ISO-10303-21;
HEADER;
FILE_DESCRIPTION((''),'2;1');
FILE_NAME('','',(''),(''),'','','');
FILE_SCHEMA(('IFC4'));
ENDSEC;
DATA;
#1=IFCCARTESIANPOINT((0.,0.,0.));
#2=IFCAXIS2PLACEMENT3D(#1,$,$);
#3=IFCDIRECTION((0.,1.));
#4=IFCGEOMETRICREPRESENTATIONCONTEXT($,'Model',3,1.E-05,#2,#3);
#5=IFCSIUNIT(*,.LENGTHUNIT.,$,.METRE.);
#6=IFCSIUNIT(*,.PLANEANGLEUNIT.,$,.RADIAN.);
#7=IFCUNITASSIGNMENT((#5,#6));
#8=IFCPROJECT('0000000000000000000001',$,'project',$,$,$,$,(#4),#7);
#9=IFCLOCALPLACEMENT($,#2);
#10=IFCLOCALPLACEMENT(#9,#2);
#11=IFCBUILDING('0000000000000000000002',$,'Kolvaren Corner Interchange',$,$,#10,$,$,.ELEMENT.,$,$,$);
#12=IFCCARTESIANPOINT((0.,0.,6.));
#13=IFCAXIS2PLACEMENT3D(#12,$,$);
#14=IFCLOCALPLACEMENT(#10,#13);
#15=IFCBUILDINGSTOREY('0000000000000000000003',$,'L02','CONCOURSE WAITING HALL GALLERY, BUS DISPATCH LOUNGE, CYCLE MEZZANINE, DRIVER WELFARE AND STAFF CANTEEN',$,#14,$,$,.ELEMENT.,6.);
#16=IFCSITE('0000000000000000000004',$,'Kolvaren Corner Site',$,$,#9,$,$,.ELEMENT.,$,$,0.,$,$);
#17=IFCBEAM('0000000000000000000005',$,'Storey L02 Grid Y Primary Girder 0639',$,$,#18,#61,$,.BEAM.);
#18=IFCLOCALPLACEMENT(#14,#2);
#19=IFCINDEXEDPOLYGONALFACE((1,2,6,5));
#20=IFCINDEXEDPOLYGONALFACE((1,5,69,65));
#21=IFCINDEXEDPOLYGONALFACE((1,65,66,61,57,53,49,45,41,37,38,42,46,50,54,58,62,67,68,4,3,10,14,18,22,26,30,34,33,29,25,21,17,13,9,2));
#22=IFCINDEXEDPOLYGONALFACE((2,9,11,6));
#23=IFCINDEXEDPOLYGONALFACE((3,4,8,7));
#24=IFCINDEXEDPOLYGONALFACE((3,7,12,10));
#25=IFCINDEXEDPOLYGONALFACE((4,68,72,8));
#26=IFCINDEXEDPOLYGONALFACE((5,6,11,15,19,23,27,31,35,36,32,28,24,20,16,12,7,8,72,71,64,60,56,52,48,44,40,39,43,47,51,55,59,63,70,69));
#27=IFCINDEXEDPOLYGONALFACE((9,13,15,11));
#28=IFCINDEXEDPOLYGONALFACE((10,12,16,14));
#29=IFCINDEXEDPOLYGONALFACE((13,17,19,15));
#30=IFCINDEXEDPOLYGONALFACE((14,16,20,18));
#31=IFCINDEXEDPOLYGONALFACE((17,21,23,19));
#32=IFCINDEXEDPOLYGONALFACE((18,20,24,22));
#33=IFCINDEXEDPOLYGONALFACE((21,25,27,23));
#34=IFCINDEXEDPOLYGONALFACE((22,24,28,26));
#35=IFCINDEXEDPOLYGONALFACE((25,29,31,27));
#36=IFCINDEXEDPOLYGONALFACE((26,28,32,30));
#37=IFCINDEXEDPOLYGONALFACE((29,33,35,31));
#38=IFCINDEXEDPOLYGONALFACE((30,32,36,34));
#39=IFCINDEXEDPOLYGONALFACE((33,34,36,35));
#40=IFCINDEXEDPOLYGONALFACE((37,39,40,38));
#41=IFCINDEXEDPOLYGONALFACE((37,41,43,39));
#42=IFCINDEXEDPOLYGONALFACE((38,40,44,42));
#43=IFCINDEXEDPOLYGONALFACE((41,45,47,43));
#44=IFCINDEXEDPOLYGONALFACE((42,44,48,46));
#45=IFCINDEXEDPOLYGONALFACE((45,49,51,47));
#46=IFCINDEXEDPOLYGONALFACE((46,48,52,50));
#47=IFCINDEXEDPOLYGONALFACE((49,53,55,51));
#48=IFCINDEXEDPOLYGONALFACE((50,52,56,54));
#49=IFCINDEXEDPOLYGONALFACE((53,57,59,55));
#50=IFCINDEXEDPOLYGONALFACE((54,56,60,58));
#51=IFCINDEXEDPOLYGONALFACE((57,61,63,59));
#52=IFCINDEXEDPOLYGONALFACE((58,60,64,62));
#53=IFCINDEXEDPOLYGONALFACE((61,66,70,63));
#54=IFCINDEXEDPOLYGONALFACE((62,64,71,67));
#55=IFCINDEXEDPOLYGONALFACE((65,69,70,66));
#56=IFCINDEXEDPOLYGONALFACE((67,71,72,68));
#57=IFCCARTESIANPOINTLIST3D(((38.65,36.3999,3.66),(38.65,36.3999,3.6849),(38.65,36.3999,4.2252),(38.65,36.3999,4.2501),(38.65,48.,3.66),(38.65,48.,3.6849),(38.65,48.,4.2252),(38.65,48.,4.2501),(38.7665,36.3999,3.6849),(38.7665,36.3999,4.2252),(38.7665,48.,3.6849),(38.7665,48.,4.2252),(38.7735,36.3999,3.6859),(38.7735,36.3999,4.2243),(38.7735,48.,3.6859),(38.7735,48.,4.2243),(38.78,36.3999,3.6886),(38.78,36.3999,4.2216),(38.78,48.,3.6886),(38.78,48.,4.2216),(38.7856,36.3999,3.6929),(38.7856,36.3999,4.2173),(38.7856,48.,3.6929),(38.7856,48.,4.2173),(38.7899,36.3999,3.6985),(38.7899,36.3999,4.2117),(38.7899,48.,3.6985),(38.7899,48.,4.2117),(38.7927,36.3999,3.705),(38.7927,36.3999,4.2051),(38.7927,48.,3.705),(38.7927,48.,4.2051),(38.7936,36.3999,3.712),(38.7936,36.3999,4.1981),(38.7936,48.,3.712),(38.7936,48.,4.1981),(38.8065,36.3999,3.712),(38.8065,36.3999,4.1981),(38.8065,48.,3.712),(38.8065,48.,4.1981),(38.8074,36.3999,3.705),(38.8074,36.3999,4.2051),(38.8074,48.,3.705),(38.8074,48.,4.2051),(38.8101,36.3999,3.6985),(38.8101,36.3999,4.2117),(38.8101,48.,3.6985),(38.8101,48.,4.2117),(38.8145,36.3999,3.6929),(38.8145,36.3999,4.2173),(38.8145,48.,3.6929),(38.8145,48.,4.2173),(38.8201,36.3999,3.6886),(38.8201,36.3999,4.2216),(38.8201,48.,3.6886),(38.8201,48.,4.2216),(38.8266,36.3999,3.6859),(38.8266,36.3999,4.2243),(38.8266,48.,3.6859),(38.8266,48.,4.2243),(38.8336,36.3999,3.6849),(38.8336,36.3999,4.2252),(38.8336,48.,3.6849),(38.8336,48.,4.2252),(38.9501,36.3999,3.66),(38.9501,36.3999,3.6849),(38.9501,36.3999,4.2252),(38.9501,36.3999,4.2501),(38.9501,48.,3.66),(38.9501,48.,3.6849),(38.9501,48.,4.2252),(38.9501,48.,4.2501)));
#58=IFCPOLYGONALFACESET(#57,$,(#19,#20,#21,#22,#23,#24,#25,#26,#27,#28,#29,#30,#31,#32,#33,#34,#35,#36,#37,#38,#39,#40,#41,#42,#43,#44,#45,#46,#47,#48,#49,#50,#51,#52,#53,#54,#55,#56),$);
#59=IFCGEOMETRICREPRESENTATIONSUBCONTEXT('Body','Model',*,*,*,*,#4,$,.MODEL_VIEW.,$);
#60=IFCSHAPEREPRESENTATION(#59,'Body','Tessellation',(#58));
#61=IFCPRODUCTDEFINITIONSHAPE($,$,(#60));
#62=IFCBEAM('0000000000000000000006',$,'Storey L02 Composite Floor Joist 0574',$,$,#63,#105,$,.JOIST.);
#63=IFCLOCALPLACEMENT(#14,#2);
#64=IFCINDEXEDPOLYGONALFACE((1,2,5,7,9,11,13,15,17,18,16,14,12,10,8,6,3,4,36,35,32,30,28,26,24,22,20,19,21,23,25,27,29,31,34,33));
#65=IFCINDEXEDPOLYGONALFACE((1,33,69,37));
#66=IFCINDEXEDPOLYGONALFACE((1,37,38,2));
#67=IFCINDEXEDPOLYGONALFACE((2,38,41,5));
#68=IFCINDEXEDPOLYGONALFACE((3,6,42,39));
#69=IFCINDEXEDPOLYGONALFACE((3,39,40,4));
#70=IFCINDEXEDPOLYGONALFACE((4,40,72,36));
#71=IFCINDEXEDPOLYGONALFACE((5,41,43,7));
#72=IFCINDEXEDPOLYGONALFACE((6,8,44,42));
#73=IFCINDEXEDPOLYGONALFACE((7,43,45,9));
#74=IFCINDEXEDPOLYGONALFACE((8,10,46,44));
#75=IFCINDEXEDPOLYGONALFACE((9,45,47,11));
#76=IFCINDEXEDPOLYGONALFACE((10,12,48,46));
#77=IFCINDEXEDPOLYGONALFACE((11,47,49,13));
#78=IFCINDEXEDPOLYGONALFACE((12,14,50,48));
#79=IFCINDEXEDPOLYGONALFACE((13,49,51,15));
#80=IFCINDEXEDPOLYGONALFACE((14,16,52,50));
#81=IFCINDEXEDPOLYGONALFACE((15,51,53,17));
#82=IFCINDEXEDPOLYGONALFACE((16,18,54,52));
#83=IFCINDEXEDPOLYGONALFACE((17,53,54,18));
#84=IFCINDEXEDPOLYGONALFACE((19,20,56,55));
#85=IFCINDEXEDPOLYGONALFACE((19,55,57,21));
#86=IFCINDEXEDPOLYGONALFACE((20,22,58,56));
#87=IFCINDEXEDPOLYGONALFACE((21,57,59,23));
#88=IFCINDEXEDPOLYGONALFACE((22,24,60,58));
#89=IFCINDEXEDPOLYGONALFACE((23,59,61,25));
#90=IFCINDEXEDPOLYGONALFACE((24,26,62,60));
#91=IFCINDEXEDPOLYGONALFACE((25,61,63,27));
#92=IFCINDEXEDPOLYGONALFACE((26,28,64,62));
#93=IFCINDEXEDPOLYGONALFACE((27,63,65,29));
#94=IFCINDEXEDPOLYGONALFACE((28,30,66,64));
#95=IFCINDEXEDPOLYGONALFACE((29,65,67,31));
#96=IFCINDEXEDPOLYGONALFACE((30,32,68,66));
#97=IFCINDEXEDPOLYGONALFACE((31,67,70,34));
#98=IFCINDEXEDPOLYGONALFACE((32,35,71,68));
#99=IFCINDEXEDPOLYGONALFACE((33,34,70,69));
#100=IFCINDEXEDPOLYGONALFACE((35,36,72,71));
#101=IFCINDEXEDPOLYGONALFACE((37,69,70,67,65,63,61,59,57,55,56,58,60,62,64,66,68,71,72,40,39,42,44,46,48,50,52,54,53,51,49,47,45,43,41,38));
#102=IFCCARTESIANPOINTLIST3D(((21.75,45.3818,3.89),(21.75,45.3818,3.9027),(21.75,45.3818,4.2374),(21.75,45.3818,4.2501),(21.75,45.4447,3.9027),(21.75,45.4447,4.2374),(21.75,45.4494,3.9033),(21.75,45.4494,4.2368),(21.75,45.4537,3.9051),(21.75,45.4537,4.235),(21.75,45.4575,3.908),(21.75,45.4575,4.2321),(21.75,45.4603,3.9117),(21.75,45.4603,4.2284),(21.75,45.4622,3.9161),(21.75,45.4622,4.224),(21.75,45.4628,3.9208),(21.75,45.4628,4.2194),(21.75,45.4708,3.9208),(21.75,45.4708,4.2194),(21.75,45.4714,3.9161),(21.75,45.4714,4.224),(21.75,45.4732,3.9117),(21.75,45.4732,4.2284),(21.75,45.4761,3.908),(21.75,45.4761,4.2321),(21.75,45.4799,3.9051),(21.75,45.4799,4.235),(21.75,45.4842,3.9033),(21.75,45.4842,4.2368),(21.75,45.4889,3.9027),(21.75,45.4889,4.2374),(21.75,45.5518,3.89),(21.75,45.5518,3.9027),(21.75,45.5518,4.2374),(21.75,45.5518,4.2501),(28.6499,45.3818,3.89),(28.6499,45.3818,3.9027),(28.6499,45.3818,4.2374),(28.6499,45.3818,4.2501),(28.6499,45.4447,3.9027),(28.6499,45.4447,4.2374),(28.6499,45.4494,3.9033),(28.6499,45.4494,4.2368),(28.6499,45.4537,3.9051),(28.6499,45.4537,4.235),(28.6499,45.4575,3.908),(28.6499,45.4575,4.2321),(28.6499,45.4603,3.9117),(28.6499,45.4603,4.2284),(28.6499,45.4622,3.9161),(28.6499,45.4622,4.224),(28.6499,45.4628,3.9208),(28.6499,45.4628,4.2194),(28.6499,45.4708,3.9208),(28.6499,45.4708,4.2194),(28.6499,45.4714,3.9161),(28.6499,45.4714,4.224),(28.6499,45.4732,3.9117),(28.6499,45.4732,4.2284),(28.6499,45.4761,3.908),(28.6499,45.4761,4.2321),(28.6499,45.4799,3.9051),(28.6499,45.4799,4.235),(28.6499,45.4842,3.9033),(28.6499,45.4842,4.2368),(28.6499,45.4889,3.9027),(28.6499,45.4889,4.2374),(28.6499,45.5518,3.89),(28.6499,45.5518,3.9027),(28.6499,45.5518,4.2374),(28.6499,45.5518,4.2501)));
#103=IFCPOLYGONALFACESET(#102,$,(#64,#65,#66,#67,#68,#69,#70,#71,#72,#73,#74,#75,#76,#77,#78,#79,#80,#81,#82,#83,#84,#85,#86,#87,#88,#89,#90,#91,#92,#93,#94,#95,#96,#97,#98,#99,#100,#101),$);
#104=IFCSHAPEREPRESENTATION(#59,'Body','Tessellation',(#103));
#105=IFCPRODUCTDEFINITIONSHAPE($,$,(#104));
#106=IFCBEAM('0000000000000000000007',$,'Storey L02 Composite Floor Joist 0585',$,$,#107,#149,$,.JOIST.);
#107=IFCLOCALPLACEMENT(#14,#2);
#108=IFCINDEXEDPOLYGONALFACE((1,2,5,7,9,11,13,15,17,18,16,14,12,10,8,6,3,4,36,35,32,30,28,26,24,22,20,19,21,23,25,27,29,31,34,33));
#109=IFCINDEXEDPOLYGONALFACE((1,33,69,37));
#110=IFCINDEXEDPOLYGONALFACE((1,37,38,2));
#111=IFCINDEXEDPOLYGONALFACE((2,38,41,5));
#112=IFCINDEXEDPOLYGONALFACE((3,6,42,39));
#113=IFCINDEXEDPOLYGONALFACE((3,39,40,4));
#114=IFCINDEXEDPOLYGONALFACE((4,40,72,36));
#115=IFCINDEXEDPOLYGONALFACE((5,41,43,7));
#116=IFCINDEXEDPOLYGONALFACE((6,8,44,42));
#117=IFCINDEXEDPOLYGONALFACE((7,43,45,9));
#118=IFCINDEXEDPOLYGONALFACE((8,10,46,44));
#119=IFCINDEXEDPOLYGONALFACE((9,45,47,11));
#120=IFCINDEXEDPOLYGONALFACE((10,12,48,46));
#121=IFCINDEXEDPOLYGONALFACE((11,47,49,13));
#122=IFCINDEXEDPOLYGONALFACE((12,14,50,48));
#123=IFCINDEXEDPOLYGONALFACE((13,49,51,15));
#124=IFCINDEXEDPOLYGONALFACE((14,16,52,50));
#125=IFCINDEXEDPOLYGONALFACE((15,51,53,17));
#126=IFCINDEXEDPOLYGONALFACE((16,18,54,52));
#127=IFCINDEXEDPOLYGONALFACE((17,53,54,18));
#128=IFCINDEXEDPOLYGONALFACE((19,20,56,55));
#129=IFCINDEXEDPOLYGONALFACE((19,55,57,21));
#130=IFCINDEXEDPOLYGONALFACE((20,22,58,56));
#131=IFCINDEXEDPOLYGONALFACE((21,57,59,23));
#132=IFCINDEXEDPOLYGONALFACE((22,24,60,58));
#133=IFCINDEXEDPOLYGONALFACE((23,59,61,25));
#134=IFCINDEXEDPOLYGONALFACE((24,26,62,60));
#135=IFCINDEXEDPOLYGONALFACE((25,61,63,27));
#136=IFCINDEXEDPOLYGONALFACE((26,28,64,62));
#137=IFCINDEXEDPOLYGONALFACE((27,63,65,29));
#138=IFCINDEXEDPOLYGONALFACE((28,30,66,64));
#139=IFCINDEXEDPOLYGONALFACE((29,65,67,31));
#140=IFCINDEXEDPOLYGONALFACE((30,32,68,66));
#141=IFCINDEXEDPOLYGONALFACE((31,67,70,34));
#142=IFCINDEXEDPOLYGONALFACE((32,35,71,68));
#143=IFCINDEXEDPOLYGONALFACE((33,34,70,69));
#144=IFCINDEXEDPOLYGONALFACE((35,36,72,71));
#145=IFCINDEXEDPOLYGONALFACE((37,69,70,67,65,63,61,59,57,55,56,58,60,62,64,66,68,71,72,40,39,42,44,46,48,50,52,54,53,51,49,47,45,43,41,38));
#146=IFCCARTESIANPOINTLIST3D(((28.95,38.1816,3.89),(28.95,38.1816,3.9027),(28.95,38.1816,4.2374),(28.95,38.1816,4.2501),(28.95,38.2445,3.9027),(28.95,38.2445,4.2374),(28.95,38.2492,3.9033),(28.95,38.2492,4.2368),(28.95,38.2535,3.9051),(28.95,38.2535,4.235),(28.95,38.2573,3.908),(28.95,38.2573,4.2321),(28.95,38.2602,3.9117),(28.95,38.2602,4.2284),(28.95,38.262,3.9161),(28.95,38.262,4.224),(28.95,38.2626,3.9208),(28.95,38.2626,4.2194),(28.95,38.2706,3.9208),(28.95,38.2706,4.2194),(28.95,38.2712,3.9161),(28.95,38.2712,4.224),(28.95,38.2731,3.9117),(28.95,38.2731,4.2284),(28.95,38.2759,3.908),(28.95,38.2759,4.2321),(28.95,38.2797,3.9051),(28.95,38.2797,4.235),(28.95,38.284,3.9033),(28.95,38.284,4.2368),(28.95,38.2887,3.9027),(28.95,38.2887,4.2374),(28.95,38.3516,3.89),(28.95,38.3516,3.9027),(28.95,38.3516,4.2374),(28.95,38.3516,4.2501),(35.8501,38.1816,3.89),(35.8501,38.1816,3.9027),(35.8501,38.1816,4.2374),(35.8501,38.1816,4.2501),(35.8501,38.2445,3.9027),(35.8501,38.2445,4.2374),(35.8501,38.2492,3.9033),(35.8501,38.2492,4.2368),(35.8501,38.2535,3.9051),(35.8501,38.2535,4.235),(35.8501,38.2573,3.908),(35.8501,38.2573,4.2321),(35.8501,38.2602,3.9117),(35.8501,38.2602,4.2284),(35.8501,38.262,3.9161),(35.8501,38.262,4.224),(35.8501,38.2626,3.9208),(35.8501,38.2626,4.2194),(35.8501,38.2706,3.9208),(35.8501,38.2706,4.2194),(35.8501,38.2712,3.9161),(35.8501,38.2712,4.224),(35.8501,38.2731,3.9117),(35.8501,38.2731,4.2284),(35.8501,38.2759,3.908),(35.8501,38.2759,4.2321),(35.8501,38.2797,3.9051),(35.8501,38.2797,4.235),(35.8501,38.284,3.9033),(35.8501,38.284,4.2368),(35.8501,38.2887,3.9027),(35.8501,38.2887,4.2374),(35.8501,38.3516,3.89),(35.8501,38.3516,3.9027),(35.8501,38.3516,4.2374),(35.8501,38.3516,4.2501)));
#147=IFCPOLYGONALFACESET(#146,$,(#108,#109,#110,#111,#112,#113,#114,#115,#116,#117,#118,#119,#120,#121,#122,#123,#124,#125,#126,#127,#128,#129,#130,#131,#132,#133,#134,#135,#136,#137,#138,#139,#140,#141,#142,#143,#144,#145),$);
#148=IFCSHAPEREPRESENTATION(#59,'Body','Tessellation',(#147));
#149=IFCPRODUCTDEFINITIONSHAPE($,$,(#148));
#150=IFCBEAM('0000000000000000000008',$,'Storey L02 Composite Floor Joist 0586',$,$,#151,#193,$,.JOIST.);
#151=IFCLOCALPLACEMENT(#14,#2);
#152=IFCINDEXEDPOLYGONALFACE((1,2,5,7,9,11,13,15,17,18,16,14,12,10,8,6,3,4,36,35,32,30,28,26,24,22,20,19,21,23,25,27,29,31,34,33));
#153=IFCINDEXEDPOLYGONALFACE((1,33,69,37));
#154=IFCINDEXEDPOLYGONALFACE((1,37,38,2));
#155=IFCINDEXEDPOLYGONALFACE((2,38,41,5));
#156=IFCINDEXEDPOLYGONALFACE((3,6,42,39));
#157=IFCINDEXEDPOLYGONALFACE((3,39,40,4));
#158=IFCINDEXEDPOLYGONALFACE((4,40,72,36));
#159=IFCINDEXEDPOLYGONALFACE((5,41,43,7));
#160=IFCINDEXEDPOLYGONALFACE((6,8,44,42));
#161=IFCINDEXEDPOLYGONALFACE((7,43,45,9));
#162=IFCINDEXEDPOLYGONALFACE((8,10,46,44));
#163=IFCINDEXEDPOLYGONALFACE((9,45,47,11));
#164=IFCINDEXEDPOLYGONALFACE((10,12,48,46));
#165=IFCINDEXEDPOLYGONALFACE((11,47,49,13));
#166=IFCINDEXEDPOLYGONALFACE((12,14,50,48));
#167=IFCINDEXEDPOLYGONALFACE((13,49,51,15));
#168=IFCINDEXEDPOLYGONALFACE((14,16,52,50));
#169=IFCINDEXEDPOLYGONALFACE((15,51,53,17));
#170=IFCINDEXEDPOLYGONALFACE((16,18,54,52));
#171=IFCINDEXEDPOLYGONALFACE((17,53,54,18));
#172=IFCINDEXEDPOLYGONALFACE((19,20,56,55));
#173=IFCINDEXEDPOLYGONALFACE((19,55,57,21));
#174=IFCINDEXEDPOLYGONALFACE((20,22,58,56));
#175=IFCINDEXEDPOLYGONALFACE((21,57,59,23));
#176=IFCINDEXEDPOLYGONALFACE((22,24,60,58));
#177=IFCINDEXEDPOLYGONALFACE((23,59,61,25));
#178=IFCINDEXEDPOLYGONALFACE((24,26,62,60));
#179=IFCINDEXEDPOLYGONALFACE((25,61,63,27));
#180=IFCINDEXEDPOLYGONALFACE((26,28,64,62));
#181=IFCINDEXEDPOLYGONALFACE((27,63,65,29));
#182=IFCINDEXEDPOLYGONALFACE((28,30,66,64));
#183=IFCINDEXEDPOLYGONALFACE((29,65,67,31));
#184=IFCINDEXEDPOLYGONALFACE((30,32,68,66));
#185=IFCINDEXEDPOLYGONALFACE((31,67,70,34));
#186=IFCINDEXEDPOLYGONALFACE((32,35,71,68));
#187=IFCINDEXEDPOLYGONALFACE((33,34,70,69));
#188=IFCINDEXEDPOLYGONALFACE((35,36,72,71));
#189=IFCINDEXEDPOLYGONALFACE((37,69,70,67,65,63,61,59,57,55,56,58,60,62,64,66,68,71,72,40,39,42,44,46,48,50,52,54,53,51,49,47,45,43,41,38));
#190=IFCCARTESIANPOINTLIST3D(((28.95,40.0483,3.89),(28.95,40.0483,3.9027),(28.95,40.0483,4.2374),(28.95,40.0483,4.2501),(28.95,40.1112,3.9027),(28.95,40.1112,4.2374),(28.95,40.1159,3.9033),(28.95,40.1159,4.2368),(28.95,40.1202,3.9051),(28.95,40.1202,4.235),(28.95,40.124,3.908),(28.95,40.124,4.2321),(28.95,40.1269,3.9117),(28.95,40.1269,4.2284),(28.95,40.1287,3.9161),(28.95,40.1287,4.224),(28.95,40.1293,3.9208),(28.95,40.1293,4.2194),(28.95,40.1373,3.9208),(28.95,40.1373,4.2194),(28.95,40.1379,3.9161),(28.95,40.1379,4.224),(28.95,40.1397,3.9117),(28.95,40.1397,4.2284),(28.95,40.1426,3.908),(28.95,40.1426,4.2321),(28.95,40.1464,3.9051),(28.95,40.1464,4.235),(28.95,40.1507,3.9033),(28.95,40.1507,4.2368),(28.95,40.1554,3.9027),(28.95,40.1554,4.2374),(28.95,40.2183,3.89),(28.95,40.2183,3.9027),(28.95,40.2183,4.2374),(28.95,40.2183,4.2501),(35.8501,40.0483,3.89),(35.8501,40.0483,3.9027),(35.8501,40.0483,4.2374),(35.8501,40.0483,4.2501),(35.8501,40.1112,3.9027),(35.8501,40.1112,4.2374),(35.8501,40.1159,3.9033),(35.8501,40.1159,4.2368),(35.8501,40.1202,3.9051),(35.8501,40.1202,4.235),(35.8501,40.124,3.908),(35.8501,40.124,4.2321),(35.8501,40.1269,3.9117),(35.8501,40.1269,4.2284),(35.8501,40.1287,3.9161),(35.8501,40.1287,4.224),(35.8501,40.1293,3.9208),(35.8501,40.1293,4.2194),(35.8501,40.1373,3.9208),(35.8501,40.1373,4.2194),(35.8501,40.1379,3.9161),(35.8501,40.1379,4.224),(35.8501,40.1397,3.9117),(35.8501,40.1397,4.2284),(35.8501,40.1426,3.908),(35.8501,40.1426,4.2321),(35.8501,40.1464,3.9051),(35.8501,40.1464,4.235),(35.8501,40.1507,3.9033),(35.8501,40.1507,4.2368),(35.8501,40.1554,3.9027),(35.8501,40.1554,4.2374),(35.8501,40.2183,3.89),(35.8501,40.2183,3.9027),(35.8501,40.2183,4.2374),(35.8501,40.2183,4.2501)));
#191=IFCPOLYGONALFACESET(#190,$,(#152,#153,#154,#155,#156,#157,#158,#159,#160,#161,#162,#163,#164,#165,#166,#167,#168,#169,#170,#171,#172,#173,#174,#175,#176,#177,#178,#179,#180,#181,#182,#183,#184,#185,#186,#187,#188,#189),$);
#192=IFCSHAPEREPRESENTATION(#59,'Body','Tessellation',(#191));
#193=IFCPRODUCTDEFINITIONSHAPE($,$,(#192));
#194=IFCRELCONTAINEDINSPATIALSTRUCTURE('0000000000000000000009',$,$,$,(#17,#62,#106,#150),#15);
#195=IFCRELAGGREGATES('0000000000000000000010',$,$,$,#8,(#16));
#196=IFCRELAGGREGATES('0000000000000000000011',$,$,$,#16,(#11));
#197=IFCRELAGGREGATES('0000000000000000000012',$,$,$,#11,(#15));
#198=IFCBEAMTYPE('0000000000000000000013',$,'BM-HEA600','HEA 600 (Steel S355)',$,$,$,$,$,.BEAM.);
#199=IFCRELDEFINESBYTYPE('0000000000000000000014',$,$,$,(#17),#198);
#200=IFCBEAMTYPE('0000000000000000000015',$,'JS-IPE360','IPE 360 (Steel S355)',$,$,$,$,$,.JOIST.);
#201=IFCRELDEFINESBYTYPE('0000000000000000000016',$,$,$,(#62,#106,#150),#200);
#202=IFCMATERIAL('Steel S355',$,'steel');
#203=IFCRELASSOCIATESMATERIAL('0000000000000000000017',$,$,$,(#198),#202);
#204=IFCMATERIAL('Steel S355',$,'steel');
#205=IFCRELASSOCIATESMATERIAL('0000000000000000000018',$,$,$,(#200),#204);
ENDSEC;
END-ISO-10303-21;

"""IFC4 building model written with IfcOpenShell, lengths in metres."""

from ifc_helpers import new_model, si_unit, direction, frame, origin, origin_2d, place, context, subcontext, project, spatial, i_section, extrude, material, material_profile, profile_set, type_object, element, save


model = new_model("IFC4")

# Units and contexts
model_context = context("Model", 3, precision=1e-05, world=origin(), true_north=direction((0.0, 1.0)))
body_context = subcontext(model_context, "Body", "Model", "MODEL_VIEW")
ifc_project = project(units=[si_unit("LENGTHUNIT", "METRE"), si_unit("PLANEANGLEUNIT", "RADIAN")], contexts=[model_context])

# Site, building, storey
site_placement = place(None, origin())
site = spatial("IfcSite", under=ifc_project, at=site_placement, Name="Kolvaren Corner Site", CompositionType="ELEMENT", RefElevation=0.0)
building_placement = place(site_placement, origin())
building = spatial("IfcBuilding", under=site, at=building_placement, Name="Kolvaren Corner Interchange", CompositionType="ELEMENT")
storey_placement = place(building_placement, frame((0.0, 0.0, 6.0)))
storey = spatial("IfcBuildingStorey", under=building, at=storey_placement, Name="L02", Description="CONCOURSE WAITING HALL GALLERY, BUS DISPATCH LOUNGE, CYCLE MEZZANINE, DRIVER WELFARE AND STAFF CANTEEN", CompositionType="ELEMENT", Elevation=6.0)

# Beams
ifc_material_1 = material(Name="Steel S355", Category="steel")
ifc_material_profile_1 = material_profile(ifc_material_1, i_section(OverallWidth=0.3, OverallDepth=0.5901, WebThickness=0.0129, FlangeThickness=0.0249, FilletRadius=0.0271, at=origin_2d()), Name="HEA 600")
ifc_profile_set_1 = profile_set([ifc_material_profile_1], Name="Steel S355")
beam_type_1 = type_object("IfcBeamType", Name="BM-HEA600", Description="HEA 600 (Steel S355)", PredefinedType="BEAM", material=ifc_profile_set_1)
for number, where, z_axis, x_axis, name in (
    (1, (38.8, 36.3999, 3.9551), (0.0, 1.0, 0.0), (-1.0, 0.0, 0.0), "Storey L02 Grid Y Primary Girder 0639"),
):
    element("IfcBeam", number, at=place(storey_placement, frame(where, z_axis=z_axis, x_axis=x_axis)), inside=storey, type_object=beam_type_1, Name=name, PredefinedType="BEAM", context=body_context, shape_type="SweptSolid", body=[
        extrude(i_section(OverallWidth=0.3, OverallDepth=0.5901, WebThickness=0.0129, FlangeThickness=0.0249, FilletRadius=0.0271, at=origin_2d()), origin(), (0.0, 0.0, 1.0), 11.6001),
    ])
ifc_material_2 = material(Name="Steel S355", Category="steel")
ifc_material_profile_2 = material_profile(ifc_material_2, i_section(OverallWidth=0.1699, OverallDepth=0.3601, WebThickness=0.0081, FlangeThickness=0.0127, FilletRadius=0.0181, at=origin_2d()), Name="IPE 360")
ifc_profile_set_2 = profile_set([ifc_material_profile_2], Name="Steel S355")
beam_type_2 = type_object("IfcBeamType", Name="JS-IPE360", Description="IPE 360 (Steel S355)", PredefinedType="JOIST", material=ifc_profile_set_2)
beam_1_placement = place(storey_placement, frame((21.75, 45.4668, 4.0701), z_axis=(1.0, 0.0, 0.0), x_axis=(0.0, 1.0, 0.0)))
element("IfcBeam", 2, at=beam_1_placement, inside=storey, type_object=beam_type_2, Name="Storey L02 Composite Floor Joist 0574", PredefinedType="JOIST", context=body_context, shape_type="SweptSolid", body=[
    extrude(i_section(OverallWidth=0.1699, OverallDepth=0.3601, WebThickness=0.0081, FlangeThickness=0.0127, FilletRadius=0.0181, at=origin_2d()), origin(), (0.0, 0.0, 1.0), 6.8999),
])
for number, where, z_axis, x_axis, name in (
    (3, (28.95, 38.2666, 4.0701), (1.0, 0.0, 0.0), (0.0, 1.0, 0.0), "Storey L02 Composite Floor Joist 0585"),
    (4, (28.95, 40.1333, 4.0701), (1.0, 0.0, 0.0), (0.0, 1.0, 0.0), "Storey L02 Composite Floor Joist 0586"),
):
    element("IfcBeam", number, at=place(storey_placement, frame(where, z_axis=z_axis, x_axis=x_axis)), inside=storey, type_object=beam_type_2, Name=name, PredefinedType="JOIST", context=body_context, shape_type="SweptSolid", body=[
        extrude(i_section(OverallWidth=0.1699, OverallDepth=0.3601, WebThickness=0.0081, FlangeThickness=0.0127, FilletRadius=0.0181, at=origin_2d()), origin(), (0.0, 0.0, 1.0), 6.9001),
    ])

save(model, "model.ifc")
